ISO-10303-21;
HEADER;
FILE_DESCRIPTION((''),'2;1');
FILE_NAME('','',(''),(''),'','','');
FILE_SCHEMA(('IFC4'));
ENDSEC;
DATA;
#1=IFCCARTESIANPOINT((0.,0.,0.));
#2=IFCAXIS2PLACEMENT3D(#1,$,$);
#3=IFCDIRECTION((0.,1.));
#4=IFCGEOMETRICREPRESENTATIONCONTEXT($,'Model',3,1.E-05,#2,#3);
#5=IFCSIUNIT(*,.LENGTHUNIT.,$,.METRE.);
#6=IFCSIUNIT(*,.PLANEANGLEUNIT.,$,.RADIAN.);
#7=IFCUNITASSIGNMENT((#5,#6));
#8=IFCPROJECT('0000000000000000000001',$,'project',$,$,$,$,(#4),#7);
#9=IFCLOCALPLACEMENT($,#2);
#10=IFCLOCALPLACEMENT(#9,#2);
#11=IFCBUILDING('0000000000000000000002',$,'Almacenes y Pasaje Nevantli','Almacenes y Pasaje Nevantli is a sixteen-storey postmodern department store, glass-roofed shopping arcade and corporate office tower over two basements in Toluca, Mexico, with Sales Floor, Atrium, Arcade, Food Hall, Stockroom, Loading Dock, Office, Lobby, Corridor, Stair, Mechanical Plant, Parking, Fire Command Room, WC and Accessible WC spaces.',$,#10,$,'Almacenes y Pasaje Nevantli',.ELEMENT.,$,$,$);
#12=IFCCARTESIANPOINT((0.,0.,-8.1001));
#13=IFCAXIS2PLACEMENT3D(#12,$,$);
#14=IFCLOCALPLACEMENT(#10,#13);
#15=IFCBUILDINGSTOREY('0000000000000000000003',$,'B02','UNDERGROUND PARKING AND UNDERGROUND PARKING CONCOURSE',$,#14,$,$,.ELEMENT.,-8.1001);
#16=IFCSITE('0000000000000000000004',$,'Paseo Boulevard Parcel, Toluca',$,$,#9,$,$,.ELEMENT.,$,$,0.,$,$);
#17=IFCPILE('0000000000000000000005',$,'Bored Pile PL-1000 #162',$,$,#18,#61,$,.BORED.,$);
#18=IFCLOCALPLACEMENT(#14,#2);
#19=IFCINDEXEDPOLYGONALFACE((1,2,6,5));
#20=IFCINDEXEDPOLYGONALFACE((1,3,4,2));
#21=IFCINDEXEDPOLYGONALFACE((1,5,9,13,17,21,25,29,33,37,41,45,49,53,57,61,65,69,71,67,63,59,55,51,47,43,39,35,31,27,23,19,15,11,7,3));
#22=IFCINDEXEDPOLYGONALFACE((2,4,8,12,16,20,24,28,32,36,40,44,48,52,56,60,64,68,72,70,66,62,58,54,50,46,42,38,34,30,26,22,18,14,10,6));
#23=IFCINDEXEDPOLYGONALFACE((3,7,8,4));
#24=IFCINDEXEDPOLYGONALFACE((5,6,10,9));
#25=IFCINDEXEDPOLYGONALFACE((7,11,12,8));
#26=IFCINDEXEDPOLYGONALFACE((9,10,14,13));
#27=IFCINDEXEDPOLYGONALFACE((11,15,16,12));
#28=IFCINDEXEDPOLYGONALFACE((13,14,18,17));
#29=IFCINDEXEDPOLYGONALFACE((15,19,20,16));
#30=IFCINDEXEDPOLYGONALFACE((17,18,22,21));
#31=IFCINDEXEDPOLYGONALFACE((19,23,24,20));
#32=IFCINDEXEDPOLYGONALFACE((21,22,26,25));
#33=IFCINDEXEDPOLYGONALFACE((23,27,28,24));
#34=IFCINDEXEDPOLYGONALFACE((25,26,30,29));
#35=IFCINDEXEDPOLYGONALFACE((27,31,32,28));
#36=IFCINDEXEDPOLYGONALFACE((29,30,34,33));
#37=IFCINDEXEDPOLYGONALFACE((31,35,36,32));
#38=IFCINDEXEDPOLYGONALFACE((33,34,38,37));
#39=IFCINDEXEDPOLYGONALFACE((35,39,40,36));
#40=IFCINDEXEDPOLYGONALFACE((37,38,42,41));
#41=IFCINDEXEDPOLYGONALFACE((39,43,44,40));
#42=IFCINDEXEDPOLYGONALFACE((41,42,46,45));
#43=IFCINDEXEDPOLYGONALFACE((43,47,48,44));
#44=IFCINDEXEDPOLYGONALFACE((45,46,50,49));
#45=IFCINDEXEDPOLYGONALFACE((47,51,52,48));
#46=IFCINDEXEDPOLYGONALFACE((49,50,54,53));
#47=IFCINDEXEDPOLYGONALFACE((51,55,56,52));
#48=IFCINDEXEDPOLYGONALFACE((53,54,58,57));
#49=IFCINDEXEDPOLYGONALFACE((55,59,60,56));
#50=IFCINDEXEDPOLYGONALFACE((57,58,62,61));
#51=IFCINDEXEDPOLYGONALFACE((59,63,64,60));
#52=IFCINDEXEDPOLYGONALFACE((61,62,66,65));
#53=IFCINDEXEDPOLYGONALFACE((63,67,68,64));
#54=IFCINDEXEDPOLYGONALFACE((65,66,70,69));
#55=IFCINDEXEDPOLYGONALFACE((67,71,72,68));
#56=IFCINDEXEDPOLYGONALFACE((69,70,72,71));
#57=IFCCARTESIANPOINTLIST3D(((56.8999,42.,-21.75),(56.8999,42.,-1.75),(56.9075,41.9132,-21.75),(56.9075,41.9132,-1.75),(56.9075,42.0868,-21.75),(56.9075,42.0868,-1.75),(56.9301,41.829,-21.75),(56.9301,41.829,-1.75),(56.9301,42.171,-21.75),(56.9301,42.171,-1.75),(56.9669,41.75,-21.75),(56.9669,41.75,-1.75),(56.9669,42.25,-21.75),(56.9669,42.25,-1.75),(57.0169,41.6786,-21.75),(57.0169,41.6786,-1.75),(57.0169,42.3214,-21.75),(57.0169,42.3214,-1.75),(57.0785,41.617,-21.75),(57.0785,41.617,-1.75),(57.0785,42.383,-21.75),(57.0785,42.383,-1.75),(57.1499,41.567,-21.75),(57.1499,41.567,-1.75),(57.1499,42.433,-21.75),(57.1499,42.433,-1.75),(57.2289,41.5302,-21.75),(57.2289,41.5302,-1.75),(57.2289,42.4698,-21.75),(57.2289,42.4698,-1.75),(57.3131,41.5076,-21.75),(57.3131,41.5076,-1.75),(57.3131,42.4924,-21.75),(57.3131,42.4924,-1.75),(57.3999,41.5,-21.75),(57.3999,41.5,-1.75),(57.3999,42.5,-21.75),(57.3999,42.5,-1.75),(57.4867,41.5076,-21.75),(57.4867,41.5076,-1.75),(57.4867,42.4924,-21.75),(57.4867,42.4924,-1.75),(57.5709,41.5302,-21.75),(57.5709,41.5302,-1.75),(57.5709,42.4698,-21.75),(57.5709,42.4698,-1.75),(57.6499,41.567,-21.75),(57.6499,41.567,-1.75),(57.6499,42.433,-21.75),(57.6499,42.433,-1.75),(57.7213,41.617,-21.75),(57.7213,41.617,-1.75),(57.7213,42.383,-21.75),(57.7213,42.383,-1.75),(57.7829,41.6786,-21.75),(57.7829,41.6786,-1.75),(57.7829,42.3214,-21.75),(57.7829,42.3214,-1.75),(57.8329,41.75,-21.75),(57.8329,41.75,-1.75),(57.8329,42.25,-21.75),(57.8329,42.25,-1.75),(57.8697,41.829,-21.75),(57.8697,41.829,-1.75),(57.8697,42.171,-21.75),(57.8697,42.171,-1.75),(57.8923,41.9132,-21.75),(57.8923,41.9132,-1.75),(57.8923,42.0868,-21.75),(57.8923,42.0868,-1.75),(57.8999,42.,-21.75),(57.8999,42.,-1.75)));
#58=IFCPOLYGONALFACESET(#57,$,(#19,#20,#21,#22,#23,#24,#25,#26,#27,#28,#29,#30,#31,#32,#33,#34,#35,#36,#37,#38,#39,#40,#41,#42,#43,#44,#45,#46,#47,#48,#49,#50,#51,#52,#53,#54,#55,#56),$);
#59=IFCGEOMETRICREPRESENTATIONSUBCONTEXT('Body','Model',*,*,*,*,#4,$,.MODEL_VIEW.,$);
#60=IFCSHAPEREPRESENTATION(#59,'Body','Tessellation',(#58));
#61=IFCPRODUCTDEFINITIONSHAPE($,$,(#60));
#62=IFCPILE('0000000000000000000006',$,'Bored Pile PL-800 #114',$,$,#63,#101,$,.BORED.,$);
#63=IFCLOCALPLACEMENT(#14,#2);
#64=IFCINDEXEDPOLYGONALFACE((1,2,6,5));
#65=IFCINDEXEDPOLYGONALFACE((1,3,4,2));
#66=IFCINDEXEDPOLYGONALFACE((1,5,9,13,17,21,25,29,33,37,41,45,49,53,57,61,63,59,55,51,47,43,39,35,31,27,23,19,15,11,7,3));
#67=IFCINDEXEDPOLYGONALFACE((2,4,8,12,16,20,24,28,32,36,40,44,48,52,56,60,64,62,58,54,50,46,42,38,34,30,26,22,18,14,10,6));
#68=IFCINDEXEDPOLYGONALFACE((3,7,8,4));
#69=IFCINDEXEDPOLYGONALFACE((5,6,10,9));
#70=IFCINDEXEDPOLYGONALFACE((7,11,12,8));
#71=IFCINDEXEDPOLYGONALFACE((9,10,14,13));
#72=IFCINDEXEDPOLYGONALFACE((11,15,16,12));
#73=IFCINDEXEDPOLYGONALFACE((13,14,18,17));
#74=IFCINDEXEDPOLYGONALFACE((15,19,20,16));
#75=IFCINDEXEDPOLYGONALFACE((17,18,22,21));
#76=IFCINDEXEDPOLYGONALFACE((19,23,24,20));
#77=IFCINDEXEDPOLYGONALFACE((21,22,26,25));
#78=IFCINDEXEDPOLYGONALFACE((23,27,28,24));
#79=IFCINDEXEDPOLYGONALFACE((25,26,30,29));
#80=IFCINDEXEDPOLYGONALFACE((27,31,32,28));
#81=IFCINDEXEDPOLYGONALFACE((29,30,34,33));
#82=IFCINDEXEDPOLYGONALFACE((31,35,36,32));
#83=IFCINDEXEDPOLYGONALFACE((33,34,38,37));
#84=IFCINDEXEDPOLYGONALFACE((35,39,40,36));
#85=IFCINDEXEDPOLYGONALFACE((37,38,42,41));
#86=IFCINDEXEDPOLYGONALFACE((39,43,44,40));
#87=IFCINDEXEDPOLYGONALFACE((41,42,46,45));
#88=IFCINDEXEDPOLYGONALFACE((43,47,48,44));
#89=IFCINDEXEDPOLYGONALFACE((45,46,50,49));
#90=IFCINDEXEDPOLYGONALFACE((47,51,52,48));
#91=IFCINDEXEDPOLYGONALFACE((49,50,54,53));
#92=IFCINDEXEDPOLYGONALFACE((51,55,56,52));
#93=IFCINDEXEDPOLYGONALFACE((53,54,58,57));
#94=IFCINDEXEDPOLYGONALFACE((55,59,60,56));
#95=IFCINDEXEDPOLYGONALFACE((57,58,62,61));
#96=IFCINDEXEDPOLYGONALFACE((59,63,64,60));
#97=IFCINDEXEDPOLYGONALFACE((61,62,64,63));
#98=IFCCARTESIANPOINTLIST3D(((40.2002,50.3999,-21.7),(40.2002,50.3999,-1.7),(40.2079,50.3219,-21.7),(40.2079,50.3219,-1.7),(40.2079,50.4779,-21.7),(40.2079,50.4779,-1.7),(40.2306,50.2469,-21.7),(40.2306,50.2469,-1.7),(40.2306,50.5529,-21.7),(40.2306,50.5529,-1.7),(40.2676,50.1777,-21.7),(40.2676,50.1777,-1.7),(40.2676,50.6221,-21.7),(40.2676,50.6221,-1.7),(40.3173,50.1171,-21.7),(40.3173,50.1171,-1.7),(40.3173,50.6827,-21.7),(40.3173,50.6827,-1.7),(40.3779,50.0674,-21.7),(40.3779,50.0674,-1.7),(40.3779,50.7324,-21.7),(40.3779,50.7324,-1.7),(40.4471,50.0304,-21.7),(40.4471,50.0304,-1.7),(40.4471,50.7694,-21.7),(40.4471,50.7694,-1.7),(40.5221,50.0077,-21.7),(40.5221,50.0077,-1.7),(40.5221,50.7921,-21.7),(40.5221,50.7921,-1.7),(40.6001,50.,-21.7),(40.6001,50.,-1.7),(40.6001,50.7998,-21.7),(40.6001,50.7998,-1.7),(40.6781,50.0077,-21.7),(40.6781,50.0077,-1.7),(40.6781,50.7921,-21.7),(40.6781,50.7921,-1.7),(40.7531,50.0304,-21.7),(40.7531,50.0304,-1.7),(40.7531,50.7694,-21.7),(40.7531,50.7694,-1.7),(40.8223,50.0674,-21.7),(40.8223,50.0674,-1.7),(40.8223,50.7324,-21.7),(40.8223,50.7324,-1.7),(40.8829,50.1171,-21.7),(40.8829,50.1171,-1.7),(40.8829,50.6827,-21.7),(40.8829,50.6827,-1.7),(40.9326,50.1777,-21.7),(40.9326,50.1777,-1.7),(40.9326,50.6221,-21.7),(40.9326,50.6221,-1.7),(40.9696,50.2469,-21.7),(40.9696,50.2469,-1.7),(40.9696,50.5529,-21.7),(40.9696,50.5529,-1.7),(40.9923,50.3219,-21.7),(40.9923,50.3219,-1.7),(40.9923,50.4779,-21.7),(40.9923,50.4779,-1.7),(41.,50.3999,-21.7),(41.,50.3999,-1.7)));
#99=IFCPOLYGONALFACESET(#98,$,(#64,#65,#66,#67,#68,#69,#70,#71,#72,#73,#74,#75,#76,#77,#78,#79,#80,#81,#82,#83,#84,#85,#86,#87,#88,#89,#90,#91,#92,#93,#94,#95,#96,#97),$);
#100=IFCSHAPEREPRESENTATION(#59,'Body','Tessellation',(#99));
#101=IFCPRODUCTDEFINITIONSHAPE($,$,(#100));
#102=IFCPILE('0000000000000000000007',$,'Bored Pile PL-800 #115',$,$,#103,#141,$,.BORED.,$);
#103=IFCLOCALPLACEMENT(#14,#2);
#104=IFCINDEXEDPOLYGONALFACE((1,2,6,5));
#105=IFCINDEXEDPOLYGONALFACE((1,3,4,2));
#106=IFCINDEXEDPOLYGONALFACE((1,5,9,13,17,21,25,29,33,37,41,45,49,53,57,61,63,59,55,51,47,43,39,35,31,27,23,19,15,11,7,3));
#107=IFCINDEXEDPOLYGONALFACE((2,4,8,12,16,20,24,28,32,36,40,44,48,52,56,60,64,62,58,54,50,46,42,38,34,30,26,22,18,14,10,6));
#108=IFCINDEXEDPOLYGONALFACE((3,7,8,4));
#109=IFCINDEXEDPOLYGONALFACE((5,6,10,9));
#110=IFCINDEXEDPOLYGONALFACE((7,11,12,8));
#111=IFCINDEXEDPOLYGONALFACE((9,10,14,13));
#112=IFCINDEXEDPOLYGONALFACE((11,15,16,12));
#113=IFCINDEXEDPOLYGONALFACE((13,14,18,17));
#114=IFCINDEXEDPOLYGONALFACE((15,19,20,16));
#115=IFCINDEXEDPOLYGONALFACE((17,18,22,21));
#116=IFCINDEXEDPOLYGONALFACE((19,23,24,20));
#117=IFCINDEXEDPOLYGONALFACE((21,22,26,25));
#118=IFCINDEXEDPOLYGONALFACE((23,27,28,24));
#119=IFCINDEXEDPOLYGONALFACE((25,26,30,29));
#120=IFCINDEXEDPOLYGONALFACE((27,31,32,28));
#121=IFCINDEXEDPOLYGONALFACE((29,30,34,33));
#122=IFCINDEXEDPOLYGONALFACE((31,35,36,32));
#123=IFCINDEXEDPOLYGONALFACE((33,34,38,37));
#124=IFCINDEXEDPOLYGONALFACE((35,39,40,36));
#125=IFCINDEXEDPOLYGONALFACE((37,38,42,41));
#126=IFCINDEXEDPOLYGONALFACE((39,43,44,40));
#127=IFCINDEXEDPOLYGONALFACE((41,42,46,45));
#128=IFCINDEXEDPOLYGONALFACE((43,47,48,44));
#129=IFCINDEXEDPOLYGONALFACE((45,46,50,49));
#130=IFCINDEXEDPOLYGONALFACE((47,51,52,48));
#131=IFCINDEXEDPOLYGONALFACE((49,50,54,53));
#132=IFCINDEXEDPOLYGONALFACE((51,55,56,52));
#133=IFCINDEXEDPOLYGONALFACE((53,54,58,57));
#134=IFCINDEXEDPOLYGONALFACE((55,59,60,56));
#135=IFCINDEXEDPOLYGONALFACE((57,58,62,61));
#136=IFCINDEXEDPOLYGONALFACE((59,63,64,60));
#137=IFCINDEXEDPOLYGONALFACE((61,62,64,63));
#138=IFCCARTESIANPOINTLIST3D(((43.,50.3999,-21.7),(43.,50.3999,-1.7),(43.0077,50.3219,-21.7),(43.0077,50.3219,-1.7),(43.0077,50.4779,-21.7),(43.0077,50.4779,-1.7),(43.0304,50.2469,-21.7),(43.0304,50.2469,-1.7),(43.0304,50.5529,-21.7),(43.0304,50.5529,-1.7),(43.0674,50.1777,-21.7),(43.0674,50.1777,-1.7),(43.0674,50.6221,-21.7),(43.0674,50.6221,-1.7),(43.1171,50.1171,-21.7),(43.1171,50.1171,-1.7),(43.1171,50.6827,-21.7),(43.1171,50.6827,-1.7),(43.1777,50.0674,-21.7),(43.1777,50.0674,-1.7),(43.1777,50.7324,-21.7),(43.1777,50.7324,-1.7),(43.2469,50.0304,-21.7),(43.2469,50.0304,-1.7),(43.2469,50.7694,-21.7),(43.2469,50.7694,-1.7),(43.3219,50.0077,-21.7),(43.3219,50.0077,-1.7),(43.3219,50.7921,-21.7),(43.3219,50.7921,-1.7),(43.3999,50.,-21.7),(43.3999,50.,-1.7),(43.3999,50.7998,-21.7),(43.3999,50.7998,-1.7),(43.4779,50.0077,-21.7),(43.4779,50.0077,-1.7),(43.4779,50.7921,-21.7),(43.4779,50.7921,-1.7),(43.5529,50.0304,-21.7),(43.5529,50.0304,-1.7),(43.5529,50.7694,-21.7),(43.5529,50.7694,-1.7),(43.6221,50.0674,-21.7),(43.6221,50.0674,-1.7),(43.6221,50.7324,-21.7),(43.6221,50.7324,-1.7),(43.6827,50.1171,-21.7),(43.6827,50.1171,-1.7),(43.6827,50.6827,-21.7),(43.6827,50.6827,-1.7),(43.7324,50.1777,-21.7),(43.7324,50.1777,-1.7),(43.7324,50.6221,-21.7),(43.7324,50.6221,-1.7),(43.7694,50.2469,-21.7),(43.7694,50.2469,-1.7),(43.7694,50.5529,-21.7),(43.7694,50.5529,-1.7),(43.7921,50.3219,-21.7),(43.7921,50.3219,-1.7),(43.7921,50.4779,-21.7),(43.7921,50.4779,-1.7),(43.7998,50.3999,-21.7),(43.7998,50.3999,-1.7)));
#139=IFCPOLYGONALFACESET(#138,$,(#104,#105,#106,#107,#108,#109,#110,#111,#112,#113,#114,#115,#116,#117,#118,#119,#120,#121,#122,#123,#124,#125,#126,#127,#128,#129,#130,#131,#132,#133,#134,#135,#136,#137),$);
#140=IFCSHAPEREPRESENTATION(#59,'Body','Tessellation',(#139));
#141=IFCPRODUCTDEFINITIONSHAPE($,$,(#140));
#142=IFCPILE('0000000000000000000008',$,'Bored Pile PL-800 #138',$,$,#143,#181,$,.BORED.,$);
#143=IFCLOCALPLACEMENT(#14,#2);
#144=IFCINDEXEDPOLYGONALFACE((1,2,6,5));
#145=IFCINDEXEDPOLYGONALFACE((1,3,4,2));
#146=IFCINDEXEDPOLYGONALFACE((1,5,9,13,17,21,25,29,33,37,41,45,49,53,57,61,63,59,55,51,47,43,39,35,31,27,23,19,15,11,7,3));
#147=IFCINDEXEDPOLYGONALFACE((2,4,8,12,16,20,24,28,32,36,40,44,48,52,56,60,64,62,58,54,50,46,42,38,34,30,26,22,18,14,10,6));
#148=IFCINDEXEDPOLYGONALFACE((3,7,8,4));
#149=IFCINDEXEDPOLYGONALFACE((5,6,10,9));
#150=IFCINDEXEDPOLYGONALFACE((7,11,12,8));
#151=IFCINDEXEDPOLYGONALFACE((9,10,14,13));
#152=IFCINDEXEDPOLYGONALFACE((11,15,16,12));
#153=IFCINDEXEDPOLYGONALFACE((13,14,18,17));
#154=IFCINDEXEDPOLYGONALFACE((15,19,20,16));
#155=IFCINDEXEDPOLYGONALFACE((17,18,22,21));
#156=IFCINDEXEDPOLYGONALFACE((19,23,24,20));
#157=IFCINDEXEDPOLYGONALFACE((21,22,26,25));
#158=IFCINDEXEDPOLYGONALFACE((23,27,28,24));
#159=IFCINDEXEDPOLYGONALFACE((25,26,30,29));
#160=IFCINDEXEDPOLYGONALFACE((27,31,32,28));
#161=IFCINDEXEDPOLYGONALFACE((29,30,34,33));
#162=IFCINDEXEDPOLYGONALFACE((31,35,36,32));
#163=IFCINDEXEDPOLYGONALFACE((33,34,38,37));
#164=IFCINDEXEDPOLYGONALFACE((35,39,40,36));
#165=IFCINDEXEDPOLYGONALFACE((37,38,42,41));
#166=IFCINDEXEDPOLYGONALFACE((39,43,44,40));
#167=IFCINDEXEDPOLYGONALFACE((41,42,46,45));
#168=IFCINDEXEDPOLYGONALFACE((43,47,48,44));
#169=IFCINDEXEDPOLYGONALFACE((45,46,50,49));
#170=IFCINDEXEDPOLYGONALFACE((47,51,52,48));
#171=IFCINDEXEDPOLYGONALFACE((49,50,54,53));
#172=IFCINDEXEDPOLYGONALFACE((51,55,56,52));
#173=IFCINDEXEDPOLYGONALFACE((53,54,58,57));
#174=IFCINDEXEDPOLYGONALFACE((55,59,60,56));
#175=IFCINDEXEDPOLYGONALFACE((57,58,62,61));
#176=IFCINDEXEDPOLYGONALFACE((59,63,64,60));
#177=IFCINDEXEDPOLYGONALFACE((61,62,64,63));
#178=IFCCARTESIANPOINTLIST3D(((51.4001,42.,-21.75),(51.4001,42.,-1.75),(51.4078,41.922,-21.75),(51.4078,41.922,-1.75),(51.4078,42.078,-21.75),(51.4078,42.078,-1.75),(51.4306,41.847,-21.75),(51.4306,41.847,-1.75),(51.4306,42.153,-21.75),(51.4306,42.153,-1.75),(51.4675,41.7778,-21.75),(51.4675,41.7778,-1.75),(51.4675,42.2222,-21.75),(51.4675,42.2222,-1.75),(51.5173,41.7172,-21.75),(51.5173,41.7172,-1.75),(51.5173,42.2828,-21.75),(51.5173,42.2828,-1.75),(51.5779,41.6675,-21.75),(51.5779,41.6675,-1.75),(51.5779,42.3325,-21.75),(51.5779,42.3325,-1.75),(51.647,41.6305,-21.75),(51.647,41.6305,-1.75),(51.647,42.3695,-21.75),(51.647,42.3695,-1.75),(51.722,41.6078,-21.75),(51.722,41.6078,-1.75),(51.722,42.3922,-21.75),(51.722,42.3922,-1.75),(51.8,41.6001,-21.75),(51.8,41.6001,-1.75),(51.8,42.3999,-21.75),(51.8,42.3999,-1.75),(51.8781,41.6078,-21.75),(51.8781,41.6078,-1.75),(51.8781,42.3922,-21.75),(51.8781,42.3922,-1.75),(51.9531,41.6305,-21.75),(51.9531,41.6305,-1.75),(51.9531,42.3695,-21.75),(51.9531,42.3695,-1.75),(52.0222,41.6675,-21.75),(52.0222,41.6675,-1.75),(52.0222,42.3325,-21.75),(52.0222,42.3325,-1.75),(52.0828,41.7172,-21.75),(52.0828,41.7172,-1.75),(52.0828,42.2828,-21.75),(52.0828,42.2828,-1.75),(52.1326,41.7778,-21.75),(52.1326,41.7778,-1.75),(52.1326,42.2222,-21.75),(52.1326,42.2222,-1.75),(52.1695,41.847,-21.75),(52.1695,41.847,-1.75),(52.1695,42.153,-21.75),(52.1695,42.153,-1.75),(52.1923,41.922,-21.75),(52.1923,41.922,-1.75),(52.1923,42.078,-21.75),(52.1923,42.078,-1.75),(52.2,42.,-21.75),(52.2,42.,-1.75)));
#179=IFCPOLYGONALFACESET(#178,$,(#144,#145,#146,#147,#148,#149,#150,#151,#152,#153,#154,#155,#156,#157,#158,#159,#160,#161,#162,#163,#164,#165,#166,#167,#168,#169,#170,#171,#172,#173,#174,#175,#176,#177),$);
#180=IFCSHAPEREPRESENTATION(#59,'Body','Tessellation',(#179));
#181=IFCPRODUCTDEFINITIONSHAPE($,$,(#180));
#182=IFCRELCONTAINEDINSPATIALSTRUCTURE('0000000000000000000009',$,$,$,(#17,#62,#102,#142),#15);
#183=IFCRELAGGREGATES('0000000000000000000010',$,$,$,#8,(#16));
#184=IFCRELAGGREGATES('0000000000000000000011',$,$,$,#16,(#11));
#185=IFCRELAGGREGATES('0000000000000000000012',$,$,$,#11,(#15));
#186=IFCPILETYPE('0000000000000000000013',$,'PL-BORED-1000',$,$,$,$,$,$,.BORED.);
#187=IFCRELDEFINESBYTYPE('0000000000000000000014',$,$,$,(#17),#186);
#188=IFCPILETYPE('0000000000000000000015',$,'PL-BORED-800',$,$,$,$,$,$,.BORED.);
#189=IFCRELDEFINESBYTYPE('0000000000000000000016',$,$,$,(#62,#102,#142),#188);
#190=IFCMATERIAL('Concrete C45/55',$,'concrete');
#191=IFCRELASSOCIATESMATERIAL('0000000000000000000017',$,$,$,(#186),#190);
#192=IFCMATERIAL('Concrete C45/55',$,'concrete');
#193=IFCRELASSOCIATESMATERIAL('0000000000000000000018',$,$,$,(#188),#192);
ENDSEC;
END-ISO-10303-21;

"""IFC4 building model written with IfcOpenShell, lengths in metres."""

from ifc_helpers import new_model, si_unit, direction, frame, origin, origin_2d, place, context, subcontext, project, spatial, circle, extrude, material, material_profile, profile_set, type_object, element, save


model = new_model("IFC4")

# Units and contexts
model_context = context("Model", 3, precision=1e-05, world=origin(), true_north=direction((0.0, 1.0)))
body_context = subcontext(model_context, "Body", "Model", "MODEL_VIEW")
ifc_project = project(units=[si_unit("LENGTHUNIT", "METRE"), si_unit("PLANEANGLEUNIT", "RADIAN")], contexts=[model_context])

# Site, building, storey
site_placement = place(None, origin())
site = spatial("IfcSite", under=ifc_project, at=site_placement, Name="Paseo Boulevard Parcel, Toluca", CompositionType="ELEMENT", RefElevation=0.0)
building_placement = place(site_placement, origin())
building = spatial("IfcBuilding", under=site, at=building_placement, Name="Almacenes y Pasaje Nevantli", Description="Almacenes y Pasaje Nevantli is a sixteen-storey postmodern department store, glass-roofed shopping arcade and corporate office tower over two basements in Toluca, Mexico, with Sales Floor, Atrium, Arcade, Food Hall, Stockroom, Loading Dock, Office, Lobby, Corridor, Stair, Mechanical Plant, Parking, Fire Command Room, WC and Accessible WC spaces.", LongName="Almacenes y Pasaje Nevantli", CompositionType="ELEMENT")
storey_placement = place(building_placement, frame((0.0, 0.0, -8.1001)))
storey = spatial("IfcBuildingStorey", under=building, at=storey_placement, Name="B02", Description="UNDERGROUND PARKING AND UNDERGROUND PARKING CONCOURSE", CompositionType="ELEMENT", Elevation=-8.1001)

# Piles
ifc_material_1 = material(Name="Concrete C45/55", Category="concrete")
ifc_material_profile_1 = material_profile(ifc_material_1, circle(Radius=0.5, at=origin_2d()), Name="RC-PILE-D1000")
ifc_profile_set_1 = profile_set([ifc_material_profile_1], Name="Concrete C45/55")
pile_type_1 = type_object("IfcPileType", Name="PL-BORED-1000", PredefinedType="BORED", material=ifc_profile_set_1)
for number, where, z_axis, x_axis, name in (
    (1, (57.3999, 42.0, -1.75), (0.0, 0.0, -1.0), (1.0, 0.0, 0.0), "Bored Pile PL-1000 #162"),
):
    element("IfcPile", number, at=place(storey_placement, frame(where, z_axis=z_axis, x_axis=x_axis)), inside=storey, type_object=pile_type_1, Name=name, PredefinedType="BORED", context=body_context, shape_type="SweptSolid", body=[
        extrude(circle(Radius=0.5, at=origin_2d()), origin(), (0.0, 0.0, 1.0), 20.0),
    ])
ifc_material_2 = material(Name="Concrete C45/55", Category="concrete")
ifc_material_profile_2 = material_profile(ifc_material_2, circle(Radius=0.3999, at=origin_2d()), Name="RC-PILE-D800")
ifc_profile_set_2 = profile_set([ifc_material_profile_2], Name="Concrete C45/55")
pile_type_2 = type_object("IfcPileType", Name="PL-BORED-800", PredefinedType="BORED", material=ifc_profile_set_2)
for number, where, z_axis, x_axis, name in (
    (2, (40.6001, 50.3999, -1.7), (0.0, 0.0, -1.0), (1.0, 0.0, 0.0), "Bored Pile PL-800 #114"),
    (3, (43.3999, 50.3999, -1.7), (0.0, 0.0, -1.0), (1.0, 0.0, 0.0), "Bored Pile PL-800 #115"),
    (4, (51.8, 42.0, -1.75), (0.0, 0.0, -1.0), (1.0, 0.0, 0.0), "Bored Pile PL-800 #138"),
):
    element("IfcPile", number, at=place(storey_placement, frame(where, z_axis=z_axis, x_axis=x_axis)), inside=storey, type_object=pile_type_2, Name=name, PredefinedType="BORED", context=body_context, shape_type="SweptSolid", body=[
        extrude(circle(Radius=0.3999, at=origin_2d()), origin(), (0.0, 0.0, 1.0), 20.0),
    ])

save(model, "model.ifc")
